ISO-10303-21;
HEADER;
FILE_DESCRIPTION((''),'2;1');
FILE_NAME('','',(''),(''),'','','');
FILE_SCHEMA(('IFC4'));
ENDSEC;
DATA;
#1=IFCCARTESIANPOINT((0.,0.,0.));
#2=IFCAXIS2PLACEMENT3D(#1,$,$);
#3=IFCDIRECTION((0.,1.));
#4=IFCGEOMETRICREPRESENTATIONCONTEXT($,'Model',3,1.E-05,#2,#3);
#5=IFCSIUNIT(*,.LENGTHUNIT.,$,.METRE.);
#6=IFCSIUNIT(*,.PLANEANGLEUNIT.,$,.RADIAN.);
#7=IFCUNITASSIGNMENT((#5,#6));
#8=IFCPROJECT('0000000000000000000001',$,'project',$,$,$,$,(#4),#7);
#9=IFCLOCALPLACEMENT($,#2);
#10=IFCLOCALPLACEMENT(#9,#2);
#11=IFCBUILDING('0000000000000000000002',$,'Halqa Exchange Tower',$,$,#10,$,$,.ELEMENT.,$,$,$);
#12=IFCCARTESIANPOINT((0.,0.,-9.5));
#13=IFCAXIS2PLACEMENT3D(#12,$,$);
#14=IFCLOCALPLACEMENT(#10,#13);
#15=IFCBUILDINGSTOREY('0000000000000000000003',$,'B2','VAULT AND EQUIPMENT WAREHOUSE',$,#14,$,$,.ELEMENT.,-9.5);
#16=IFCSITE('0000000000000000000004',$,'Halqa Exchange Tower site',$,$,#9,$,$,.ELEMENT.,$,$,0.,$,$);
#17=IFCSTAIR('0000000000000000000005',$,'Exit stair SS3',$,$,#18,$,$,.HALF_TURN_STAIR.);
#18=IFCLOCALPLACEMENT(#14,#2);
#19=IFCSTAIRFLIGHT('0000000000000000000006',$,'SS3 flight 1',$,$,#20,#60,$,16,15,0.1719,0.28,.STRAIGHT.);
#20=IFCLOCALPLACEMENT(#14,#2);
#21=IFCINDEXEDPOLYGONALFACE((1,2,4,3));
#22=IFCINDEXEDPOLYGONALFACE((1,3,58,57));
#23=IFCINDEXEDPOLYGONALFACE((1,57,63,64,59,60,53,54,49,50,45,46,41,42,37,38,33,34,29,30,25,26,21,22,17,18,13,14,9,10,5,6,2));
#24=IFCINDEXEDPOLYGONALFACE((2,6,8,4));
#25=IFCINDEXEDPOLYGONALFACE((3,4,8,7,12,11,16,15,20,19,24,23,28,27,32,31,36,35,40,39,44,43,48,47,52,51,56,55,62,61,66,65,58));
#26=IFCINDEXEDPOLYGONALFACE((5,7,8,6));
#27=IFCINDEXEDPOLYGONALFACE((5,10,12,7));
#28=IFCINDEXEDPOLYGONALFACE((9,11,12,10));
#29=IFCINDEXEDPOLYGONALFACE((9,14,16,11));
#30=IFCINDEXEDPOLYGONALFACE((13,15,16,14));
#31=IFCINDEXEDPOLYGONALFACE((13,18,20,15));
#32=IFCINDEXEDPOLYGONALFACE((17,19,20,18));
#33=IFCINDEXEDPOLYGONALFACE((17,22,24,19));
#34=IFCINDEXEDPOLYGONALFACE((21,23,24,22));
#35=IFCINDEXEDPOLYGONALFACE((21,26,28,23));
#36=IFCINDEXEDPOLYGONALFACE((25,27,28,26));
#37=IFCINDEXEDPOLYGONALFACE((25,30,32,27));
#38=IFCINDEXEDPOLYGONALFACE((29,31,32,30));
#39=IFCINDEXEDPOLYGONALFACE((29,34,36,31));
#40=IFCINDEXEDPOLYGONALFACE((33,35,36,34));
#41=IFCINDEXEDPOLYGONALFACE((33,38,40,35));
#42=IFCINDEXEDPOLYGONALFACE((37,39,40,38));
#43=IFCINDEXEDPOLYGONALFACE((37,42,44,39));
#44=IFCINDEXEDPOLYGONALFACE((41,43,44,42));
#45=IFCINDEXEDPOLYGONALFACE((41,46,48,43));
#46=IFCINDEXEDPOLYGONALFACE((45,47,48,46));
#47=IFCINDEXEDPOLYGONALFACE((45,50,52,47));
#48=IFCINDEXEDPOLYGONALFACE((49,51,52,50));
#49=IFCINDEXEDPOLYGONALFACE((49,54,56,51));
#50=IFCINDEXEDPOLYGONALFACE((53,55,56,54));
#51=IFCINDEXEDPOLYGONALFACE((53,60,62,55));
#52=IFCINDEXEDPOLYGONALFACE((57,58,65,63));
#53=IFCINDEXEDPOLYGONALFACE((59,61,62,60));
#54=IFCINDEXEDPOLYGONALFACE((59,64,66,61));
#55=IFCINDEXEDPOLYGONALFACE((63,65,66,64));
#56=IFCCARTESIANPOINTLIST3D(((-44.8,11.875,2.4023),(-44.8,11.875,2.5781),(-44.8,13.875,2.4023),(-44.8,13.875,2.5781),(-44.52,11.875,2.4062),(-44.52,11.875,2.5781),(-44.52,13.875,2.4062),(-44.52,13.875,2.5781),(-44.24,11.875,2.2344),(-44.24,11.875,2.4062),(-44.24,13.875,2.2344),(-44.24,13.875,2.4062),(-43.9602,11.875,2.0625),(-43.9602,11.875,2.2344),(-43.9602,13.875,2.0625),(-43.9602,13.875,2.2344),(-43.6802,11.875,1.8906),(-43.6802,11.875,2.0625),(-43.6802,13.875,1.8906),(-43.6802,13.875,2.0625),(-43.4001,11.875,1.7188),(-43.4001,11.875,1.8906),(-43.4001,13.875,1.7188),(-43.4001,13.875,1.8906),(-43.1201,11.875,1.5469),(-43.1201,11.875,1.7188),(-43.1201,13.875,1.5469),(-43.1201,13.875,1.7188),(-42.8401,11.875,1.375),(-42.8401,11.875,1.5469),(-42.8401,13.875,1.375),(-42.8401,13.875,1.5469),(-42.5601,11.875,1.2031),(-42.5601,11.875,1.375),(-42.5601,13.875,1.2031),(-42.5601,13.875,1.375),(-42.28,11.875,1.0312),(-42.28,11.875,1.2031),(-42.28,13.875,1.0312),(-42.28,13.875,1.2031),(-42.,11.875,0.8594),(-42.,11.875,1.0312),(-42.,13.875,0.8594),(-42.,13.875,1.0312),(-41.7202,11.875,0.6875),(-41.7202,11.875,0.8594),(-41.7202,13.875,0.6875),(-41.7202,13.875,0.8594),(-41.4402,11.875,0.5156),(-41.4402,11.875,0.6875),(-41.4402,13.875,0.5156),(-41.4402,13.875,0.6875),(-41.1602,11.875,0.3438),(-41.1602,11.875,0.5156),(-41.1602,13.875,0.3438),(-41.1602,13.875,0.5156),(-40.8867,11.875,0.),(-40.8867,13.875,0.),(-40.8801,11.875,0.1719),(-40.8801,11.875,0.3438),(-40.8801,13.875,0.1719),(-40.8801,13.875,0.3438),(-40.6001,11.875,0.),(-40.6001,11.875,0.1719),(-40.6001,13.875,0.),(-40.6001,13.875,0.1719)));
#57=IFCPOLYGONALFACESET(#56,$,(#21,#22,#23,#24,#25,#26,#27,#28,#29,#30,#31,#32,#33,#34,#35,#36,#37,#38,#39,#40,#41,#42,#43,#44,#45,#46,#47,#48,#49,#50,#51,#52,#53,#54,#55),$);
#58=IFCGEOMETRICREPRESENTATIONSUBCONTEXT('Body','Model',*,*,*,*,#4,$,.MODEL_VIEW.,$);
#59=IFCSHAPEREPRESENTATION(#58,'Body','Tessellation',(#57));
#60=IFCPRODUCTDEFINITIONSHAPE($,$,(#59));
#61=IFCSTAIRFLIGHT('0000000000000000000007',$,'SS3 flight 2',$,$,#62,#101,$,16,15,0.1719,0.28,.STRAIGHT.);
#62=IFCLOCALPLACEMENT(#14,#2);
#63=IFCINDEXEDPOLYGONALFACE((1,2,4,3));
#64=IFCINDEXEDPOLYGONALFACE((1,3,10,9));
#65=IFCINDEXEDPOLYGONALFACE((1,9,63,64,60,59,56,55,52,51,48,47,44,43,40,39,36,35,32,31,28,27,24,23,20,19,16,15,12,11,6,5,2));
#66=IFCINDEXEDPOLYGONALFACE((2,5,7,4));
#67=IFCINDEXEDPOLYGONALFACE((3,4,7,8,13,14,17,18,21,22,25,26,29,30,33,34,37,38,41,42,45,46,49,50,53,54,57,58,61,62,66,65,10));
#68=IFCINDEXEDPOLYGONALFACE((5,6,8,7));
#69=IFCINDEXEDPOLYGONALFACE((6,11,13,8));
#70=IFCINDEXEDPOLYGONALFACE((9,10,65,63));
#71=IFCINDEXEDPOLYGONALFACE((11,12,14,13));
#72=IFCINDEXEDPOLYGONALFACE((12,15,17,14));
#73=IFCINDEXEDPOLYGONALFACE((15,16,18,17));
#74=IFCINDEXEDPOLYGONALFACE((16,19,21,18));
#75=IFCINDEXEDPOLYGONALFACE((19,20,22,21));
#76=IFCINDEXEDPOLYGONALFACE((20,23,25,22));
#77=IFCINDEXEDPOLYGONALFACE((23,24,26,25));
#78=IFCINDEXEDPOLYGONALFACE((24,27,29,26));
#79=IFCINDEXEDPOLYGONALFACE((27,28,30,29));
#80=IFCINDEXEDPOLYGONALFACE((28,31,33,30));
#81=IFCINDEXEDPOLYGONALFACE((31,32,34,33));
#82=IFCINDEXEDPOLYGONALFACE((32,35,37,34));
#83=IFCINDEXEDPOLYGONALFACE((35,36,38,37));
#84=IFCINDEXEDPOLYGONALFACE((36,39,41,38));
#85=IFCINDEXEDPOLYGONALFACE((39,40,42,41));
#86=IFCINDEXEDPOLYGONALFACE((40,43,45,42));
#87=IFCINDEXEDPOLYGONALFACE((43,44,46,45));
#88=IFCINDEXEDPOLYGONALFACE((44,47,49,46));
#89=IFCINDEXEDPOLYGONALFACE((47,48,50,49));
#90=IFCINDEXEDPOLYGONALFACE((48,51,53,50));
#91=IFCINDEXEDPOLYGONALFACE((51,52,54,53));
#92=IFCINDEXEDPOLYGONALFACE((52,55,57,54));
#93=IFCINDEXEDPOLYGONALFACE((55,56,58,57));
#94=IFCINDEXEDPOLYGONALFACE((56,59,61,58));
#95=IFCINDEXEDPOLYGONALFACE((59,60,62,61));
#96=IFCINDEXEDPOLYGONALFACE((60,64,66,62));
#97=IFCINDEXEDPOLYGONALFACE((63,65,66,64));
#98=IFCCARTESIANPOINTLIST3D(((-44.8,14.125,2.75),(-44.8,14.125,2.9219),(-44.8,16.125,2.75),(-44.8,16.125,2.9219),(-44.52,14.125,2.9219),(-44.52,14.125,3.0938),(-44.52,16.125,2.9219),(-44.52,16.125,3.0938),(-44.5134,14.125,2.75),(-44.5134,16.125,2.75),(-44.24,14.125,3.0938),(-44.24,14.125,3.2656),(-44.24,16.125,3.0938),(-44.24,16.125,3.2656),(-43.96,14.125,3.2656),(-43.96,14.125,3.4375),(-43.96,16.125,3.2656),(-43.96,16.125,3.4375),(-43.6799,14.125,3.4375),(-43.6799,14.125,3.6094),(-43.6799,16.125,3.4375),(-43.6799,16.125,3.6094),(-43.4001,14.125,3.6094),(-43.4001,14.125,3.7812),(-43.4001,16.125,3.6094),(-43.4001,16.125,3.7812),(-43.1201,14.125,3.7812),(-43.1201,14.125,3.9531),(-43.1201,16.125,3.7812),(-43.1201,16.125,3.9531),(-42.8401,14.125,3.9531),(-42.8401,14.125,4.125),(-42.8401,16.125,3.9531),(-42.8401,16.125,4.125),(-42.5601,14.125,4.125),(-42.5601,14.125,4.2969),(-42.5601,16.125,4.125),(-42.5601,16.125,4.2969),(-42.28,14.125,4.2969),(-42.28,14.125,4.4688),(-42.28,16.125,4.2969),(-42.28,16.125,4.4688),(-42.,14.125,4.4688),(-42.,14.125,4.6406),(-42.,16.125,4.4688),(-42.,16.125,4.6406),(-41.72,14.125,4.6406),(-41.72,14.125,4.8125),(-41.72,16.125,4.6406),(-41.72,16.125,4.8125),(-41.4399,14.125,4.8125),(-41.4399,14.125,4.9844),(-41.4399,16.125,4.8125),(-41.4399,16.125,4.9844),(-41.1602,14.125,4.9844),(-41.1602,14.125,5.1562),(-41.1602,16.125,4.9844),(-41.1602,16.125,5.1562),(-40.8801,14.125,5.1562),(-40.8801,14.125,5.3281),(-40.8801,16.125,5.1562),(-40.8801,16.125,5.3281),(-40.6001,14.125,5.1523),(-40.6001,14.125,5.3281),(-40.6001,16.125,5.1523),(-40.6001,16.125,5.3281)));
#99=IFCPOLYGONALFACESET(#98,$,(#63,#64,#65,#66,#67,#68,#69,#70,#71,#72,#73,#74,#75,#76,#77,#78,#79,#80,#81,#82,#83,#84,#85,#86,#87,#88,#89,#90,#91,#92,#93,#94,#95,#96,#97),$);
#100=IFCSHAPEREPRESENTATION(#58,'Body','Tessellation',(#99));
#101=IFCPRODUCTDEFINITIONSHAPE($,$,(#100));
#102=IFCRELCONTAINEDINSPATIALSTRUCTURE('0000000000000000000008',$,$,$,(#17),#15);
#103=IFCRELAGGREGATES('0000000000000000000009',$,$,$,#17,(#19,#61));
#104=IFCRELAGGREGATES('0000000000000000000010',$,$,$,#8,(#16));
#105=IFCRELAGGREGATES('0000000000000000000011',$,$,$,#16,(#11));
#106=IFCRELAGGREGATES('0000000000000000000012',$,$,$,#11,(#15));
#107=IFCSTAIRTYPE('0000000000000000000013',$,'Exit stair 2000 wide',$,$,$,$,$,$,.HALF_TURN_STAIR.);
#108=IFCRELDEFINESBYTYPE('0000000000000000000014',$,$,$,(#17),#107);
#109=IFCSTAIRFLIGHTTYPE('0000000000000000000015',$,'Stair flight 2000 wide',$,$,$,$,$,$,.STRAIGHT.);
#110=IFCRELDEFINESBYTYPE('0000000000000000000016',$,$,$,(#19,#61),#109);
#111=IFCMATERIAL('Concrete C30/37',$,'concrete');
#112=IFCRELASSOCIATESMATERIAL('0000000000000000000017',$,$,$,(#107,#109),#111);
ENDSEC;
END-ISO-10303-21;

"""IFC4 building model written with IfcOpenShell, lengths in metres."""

from ifc_helpers import new_model, si_unit, direction, frame, origin, place, context, subcontext, project, spatial, polyline, outline, extrude, material, type_object, element, aggregate, save


model = new_model("IFC4")

# Units and contexts
model_context = context("Model", 3, precision=1e-05, world=origin(), true_north=direction((0.0, 1.0)))
body_context = subcontext(model_context, "Body", "Model", "MODEL_VIEW")
ifc_project = project(units=[si_unit("LENGTHUNIT", "METRE"), si_unit("PLANEANGLEUNIT", "RADIAN")], contexts=[model_context])

# Site, building, storey
site_placement = place(None, origin())
site = spatial("IfcSite", under=ifc_project, at=site_placement, Name="Halqa Exchange Tower site", CompositionType="ELEMENT", RefElevation=0.0)
building_placement = place(site_placement, origin())
building = spatial("IfcBuilding", under=site, at=building_placement, Name="Halqa Exchange Tower", CompositionType="ELEMENT")
storey_placement = place(building_placement, frame((0.0, 0.0, -9.5)))
storey = spatial("IfcBuildingStorey", under=building, at=storey_placement, Name="B2", Description="VAULT AND EQUIPMENT WAREHOUSE", CompositionType="ELEMENT", Elevation=-9.5)

# Shared definitions
ifc_material_1 = material(Name="Concrete C30/37", Category="concrete")

# Stair, stair flights
stair_type = type_object("IfcStairType", Name="Exit stair 2000 wide", PredefinedType="HALF_TURN_STAIR", material=ifc_material_1)
stair_placement = place(storey_placement, origin())
stair = element("IfcStair", 1, at=stair_placement, inside=storey, type_object=stair_type, Name="Exit stair SS3", PredefinedType="HALF_TURN_STAIR")
stair_flight_type = type_object("IfcStairFlightType", Name="Stair flight 2000 wide", PredefinedType="STRAIGHT", material=ifc_material_1)
stair_flight_1_placement = place(storey_placement, frame((-40.6001, 12.875, 0.0), z_axis=(0.0, 0.0, 1.0), x_axis=(-1.0, 0.0, 0.0)))
stair_flight_1 = element("IfcStairFlight", 2, at=stair_flight_1_placement, type_object=stair_flight_type, Name="SS3 flight 1", NumberOfRisers=16, NumberOfTreads=15, PredefinedType="STRAIGHT", RiserHeight=0.1719, TreadLength=0.28, context=body_context, shape_type="SweptSolid", body=[
    extrude(outline(polyline([(0.0, 0.0), (0.0, 0.1719), (0.28, 0.1719), (0.28, 0.3438), (0.5601, 0.3438), (0.5601, 0.5156), (0.8401, 0.5156), (0.8401, 0.6875), (1.1201, 0.6875), (1.1201, 0.8594), (1.3999, 0.8594), (1.3999, 1.0312), (1.6799, 1.0312), (1.6799, 1.2031), (1.96, 1.2031), (1.96, 1.375), (2.24, 1.375), (2.24, 1.5469), (2.52, 1.5469), (2.52, 1.7188), (2.8, 1.7188), (2.8, 1.8906), (3.0801, 1.8906), (3.0801, 2.0625), (3.3601, 2.0625), (3.3601, 2.2344), (3.6399, 2.2344), (3.6399, 2.4062), (3.9199, 2.4062), (3.9199, 2.5781), (4.2, 2.5781), (4.2, 2.75), (4.2, 2.4023), (0.2866, 0.0), (0.0, 0.0)])), frame((0.0, 1.0, 0.0), z_axis=(0.0, -1.0, 0.0), x_axis=(1.0, 0.0, 0.0)), (0.0, 0.0, 1.0), 2.0),
])
stair_flight_2_placement = place(storey_placement, frame((-44.8, 15.125, 2.75), z_axis=(0.0, 0.0, 1.0), x_axis=(1.0, 0.0, 0.0)))
stair_flight_2 = element("IfcStairFlight", 3, at=stair_flight_2_placement, type_object=stair_flight_type, Name="SS3 flight 2", NumberOfRisers=16, NumberOfTreads=15, PredefinedType="STRAIGHT", RiserHeight=0.1719, TreadLength=0.28, context=body_context, shape_type="SweptSolid", body=[
    extrude(outline(polyline([(0.0, 0.0), (0.0, 0.1719), (0.28, 0.1719), (0.28, 0.3438), (0.5601, 0.3438), (0.5601, 0.5156), (0.8401, 0.5156), (0.8401, 0.6875), (1.1201, 0.6875), (1.1201, 0.8594), (1.3999, 0.8594), (1.3999, 1.0312), (1.6799, 1.0312), (1.6799, 1.2031), (1.96, 1.2031), (1.96, 1.375), (2.24, 1.375), (2.24, 1.5469), (2.52, 1.5469), (2.52, 1.7188), (2.8, 1.7188), (2.8, 1.8906), (3.0801, 1.8906), (3.0801, 2.0625), (3.3601, 2.0625), (3.3601, 2.2344), (3.6399, 2.2344), (3.6399, 2.4062), (3.9199, 2.4062), (3.9199, 2.5781), (4.2, 2.5781), (4.2, 2.75), (4.2, 2.4023), (0.2866, 0.0), (0.0, 0.0)])), frame((0.0, 1.0, 0.0), z_axis=(0.0, -1.0, 0.0), x_axis=(1.0, 0.0, 0.0)), (0.0, 0.0, 1.0), 2.0),
])
aggregate(stair, [stair_flight_1, stair_flight_2])

save(model, "model.ifc")
